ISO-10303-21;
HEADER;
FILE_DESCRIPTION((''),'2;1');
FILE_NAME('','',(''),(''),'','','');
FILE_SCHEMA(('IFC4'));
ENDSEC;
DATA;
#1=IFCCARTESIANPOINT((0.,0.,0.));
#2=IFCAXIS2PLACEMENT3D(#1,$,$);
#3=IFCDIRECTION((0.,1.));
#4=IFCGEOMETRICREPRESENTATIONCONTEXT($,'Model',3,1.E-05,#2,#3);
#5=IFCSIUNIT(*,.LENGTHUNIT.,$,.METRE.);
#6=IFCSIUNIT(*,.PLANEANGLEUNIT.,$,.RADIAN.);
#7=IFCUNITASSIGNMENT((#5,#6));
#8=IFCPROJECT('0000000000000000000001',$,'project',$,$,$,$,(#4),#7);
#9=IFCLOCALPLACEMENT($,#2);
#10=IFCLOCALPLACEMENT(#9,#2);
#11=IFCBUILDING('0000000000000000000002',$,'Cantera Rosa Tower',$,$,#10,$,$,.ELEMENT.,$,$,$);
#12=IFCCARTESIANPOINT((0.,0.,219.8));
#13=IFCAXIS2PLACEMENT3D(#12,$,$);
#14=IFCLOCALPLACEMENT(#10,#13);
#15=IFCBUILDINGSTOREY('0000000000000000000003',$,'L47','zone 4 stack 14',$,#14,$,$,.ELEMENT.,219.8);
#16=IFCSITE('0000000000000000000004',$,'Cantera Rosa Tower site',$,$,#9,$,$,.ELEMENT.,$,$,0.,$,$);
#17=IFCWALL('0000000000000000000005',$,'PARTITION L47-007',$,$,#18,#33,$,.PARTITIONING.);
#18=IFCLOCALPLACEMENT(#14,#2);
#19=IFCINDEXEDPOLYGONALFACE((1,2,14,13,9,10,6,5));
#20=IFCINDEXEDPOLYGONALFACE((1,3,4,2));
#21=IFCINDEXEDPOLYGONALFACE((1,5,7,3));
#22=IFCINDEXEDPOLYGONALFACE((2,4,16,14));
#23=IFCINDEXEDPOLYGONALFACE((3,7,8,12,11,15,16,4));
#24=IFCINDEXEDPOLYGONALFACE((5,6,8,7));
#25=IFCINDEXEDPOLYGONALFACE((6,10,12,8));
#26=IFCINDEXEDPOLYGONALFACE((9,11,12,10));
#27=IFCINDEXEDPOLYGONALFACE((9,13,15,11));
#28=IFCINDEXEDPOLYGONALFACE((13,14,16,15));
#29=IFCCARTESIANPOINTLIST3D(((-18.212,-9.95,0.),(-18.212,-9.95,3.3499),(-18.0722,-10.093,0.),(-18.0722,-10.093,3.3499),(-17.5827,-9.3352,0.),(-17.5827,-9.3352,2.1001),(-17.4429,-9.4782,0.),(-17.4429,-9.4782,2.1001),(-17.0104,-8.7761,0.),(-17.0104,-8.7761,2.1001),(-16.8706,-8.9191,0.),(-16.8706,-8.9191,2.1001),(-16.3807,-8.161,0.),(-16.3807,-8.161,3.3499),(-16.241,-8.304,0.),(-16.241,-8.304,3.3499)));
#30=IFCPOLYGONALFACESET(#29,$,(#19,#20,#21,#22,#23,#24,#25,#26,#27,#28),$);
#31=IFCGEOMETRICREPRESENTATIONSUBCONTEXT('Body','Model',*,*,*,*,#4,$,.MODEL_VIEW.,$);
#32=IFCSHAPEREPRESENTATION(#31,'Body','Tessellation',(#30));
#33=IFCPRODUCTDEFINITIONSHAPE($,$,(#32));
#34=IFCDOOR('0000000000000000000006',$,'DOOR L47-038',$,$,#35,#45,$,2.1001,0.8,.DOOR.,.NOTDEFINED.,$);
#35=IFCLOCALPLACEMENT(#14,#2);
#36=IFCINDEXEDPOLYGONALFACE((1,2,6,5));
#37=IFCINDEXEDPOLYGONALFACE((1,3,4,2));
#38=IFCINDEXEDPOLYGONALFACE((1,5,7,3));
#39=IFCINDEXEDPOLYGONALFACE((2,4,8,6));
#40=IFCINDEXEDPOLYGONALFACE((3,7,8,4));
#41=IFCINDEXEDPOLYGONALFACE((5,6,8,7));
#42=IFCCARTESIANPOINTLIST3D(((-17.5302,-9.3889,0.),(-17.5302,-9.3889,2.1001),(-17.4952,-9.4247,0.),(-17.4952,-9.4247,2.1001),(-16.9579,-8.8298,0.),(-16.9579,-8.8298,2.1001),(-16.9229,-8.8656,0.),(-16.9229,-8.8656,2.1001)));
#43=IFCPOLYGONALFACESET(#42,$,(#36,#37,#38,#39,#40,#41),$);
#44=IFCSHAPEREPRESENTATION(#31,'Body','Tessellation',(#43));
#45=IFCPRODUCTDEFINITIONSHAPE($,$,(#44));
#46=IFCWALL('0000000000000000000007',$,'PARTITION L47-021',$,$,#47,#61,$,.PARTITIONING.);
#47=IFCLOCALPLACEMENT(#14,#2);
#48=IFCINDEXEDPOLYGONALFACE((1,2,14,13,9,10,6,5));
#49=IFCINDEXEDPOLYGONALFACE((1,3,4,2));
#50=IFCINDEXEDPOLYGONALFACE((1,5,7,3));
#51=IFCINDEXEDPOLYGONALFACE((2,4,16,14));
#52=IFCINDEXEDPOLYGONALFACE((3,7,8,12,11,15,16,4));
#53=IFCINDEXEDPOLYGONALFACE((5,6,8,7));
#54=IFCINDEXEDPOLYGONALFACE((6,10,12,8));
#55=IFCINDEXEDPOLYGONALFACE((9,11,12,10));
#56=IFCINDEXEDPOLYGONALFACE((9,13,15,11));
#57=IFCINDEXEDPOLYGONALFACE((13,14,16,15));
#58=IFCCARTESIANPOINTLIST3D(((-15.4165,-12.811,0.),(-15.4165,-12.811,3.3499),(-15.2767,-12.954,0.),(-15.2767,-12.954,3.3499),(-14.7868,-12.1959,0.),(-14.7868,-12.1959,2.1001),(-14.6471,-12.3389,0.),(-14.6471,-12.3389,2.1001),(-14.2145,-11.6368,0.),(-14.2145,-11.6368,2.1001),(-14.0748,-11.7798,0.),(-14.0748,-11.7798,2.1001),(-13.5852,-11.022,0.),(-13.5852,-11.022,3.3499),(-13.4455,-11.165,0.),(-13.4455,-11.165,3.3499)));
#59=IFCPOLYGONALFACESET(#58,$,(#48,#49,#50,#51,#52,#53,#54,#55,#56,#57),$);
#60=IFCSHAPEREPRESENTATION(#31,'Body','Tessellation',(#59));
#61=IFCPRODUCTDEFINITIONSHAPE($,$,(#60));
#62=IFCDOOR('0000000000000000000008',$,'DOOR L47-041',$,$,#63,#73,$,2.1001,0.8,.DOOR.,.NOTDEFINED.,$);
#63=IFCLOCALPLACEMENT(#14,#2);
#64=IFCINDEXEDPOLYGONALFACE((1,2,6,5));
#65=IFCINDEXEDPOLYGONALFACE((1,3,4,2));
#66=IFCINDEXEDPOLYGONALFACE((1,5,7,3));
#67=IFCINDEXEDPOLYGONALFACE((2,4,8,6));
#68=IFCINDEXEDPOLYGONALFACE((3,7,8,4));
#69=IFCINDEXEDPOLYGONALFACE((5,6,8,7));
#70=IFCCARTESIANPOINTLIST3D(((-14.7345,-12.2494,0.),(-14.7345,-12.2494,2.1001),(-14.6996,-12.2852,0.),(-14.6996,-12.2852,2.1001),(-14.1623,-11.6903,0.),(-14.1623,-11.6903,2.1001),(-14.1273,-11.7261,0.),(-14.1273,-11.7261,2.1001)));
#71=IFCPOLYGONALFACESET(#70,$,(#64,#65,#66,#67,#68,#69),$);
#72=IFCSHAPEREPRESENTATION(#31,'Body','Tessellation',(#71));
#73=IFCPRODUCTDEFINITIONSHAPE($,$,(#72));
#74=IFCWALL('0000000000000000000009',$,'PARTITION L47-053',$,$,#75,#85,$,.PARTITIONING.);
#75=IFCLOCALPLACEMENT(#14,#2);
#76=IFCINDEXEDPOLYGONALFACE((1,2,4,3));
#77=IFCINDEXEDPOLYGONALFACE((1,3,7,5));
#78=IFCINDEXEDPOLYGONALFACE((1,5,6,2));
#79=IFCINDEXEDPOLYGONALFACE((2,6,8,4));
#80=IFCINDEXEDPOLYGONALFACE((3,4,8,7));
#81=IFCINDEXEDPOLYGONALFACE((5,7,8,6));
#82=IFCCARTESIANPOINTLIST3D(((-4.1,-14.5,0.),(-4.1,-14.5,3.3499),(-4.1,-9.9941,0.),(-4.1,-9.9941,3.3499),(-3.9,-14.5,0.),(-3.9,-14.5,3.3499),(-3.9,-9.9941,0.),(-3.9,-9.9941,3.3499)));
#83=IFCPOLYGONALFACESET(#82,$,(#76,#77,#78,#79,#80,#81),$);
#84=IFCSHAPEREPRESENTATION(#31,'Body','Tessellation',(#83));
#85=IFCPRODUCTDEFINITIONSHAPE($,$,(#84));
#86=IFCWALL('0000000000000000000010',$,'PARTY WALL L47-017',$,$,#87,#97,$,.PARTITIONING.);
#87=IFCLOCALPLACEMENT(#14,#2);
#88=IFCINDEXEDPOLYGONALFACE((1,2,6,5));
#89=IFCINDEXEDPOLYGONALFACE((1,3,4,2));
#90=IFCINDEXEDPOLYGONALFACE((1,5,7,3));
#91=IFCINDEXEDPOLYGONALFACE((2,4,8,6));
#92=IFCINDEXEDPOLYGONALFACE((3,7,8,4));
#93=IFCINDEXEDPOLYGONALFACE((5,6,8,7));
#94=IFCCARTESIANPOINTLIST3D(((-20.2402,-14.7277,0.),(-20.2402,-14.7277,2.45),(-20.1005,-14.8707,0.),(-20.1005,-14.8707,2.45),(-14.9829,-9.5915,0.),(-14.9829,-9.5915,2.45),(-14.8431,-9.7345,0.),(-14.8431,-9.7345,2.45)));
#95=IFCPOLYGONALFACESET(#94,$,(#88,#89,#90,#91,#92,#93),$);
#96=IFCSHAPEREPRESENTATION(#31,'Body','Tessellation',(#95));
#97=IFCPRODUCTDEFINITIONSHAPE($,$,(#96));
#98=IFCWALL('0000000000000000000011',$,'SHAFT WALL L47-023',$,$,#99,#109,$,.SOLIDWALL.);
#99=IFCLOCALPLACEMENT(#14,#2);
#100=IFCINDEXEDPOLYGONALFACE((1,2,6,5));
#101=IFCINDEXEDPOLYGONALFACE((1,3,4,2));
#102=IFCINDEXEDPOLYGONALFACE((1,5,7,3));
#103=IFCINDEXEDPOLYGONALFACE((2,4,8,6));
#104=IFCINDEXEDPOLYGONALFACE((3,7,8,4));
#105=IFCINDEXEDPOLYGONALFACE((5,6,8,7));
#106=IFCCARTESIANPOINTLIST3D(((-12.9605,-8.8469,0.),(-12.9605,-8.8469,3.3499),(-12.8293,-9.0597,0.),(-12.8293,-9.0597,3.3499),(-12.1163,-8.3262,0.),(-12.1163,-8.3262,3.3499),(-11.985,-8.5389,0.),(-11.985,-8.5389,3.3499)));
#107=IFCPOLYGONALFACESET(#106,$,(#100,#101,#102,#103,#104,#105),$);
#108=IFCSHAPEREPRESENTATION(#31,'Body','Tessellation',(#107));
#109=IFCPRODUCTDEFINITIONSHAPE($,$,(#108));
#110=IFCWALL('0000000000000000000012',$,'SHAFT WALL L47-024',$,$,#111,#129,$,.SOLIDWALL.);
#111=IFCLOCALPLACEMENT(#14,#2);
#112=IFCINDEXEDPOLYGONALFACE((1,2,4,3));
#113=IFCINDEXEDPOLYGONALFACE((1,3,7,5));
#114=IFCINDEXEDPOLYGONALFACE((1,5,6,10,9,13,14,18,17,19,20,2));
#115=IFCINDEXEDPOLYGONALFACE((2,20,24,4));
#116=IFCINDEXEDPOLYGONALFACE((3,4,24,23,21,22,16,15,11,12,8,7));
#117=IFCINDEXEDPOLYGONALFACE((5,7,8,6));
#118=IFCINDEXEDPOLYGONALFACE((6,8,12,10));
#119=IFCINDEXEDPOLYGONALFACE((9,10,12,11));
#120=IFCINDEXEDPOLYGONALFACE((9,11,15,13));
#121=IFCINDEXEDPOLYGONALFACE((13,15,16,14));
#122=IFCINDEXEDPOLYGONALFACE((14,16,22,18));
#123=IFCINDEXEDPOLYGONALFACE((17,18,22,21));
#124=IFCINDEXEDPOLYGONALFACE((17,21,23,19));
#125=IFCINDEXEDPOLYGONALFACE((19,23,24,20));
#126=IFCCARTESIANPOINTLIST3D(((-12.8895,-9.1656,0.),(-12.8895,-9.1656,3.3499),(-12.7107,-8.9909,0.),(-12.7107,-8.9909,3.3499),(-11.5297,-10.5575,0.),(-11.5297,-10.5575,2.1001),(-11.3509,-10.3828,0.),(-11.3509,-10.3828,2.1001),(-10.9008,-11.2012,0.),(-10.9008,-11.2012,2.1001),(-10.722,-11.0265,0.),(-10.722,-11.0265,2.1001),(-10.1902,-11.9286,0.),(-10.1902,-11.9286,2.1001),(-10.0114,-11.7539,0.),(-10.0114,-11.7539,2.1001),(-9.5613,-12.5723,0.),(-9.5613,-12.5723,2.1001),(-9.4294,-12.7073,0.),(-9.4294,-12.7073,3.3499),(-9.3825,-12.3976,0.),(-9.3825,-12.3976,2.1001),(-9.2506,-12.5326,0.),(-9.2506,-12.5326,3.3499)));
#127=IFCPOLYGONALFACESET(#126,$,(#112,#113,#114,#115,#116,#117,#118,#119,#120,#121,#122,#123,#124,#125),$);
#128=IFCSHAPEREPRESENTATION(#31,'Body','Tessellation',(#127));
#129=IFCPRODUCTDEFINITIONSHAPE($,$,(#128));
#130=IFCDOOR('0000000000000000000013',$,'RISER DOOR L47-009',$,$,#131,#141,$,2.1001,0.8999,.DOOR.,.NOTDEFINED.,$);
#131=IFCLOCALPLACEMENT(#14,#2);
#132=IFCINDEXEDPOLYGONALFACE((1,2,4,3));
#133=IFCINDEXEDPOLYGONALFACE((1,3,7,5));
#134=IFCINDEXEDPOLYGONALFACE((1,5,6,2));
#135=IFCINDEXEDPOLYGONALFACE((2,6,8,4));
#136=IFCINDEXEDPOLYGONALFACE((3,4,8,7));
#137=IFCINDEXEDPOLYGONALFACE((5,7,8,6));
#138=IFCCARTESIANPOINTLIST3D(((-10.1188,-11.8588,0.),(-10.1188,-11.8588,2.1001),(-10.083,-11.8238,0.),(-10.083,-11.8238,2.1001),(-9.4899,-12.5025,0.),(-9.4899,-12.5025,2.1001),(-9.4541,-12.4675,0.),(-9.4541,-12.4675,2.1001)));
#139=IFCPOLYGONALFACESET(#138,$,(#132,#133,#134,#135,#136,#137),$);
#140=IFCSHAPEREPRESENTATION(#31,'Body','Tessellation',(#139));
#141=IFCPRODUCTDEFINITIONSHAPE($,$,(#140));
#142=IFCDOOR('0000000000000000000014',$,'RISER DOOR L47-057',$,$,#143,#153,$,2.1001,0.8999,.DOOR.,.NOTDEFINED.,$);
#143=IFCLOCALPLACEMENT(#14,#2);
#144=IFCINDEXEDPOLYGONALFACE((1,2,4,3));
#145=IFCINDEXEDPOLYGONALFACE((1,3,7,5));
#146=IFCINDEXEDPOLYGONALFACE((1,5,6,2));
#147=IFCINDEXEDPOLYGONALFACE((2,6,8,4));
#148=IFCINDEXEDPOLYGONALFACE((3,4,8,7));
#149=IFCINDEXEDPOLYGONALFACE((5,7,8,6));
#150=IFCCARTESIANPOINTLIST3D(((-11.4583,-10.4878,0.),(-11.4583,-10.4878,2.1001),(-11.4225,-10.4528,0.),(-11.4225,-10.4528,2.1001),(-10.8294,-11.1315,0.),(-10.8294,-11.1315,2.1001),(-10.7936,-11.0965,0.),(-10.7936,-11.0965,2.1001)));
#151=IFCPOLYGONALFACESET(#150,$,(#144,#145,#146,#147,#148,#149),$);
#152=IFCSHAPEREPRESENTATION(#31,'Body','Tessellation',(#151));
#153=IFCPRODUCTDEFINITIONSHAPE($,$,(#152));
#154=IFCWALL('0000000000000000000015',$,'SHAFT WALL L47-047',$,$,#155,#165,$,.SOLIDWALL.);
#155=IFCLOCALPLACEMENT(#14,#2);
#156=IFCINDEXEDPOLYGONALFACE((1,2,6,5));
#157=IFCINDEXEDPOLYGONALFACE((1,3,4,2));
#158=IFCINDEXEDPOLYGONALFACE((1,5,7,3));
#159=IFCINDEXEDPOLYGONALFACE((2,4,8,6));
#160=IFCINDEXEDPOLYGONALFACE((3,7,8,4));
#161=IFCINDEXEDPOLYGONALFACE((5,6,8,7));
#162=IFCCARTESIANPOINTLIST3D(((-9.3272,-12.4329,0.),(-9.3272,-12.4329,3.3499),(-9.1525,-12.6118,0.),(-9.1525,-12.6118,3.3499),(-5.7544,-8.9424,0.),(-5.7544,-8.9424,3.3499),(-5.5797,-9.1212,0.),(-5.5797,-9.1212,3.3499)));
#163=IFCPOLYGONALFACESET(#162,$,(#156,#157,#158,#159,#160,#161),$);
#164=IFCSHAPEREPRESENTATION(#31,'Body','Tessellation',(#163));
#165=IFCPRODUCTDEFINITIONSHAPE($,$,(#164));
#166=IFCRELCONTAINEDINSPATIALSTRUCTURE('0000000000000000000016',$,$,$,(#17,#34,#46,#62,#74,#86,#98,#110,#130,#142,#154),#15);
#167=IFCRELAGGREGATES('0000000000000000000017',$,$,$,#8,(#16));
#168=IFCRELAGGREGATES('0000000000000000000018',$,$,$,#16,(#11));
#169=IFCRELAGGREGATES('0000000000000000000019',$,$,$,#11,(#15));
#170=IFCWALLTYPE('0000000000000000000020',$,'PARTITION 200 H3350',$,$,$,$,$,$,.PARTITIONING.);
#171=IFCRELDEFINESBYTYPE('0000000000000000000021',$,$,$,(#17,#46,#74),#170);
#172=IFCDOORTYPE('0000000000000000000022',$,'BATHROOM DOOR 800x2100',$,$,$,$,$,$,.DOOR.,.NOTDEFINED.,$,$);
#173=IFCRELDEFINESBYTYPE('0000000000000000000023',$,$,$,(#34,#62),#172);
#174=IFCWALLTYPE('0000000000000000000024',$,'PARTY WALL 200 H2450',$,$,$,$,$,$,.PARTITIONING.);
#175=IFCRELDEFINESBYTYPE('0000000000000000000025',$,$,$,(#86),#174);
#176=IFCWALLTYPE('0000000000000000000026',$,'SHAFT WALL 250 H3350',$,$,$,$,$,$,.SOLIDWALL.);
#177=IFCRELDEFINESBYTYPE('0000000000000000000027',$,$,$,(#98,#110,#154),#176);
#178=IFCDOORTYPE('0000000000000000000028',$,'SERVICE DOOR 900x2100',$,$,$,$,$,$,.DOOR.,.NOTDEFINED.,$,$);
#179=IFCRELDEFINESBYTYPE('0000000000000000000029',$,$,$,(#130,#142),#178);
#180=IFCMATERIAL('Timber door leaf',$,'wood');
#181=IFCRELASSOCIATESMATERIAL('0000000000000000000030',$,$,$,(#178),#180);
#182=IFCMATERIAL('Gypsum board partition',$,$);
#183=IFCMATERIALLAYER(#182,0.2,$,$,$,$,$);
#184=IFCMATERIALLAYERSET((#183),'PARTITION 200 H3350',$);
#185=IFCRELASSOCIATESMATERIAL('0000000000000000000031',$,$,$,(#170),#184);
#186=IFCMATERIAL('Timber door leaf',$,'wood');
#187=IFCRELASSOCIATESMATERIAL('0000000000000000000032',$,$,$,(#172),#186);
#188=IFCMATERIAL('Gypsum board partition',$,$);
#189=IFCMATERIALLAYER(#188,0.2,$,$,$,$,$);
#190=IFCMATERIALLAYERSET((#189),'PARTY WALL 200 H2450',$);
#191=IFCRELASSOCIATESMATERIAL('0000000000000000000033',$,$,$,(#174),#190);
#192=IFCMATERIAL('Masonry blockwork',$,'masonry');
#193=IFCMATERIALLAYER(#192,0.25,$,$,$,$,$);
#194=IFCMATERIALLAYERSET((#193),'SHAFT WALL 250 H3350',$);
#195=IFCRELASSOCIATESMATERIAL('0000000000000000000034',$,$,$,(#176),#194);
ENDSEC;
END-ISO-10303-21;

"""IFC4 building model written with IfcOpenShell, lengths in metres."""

from ifc_helpers import new_model, si_unit, direction, frame, frame_2d, origin, place, context, subcontext, project, spatial, rectangle, extrude, material, layer, layer_set, type_object, element, fill, save


model = new_model("IFC4")

# Units and contexts
model_context = context("Model", 3, precision=1e-05, world=origin(), true_north=direction((0.0, 1.0)))
body_context = subcontext(model_context, "Body", "Model", "MODEL_VIEW")
ifc_project = project(units=[si_unit("LENGTHUNIT", "METRE"), si_unit("PLANEANGLEUNIT", "RADIAN")], contexts=[model_context])

# Site, building, storey
site_placement = place(None, origin())
site = spatial("IfcSite", under=ifc_project, at=site_placement, Name="Cantera Rosa Tower site", CompositionType="ELEMENT", RefElevation=0.0)
building_placement = place(site_placement, origin())
building = spatial("IfcBuilding", under=site, at=building_placement, Name="Cantera Rosa Tower", CompositionType="ELEMENT")
storey_placement = place(building_placement, frame((0.0, 0.0, 219.8)))
storey = spatial("IfcBuildingStorey", under=building, at=storey_placement, Name="L47", Description="zone 4 stack 14", CompositionType="ELEMENT", Elevation=219.8)

# Shared definitions
ifc_material_1 = material(Name="Timber door leaf", Category="wood")
door_type_1 = type_object("IfcDoorType", Name="SERVICE DOOR 900x2100", OperationType="NOTDEFINED", PredefinedType="DOOR", material=ifc_material_1)

# Walls, openings, doors
ifc_material_2 = material(Name="Gypsum board partition")
ifc_layer_1 = layer(ifc_material_2, 0.2)
ifc_layer_set_1 = layer_set([ifc_layer_1], Name="PARTITION 200 H3350")
wall_type_1 = type_object("IfcWallType", Name="PARTITION 200 H3350", PredefinedType="PARTITIONING", material=ifc_layer_set_1)
wall_1_placement = place(storey_placement, frame((-18.1421, -10.0215, 0.0), z_axis=(0.0, 0.0, 1.0), x_axis=(0.715307, 0.69881, 0.0)))
wall_1 = element("IfcWall", 1, at=wall_1_placement, inside=storey, type_object=wall_type_1, Name="PARTITION L47-007", PredefinedType="PARTITIONING", context=body_context, shape_type="SweptSolid", body=[
    extrude(rectangle(XDim=2.5601, YDim=0.2, at=frame_2d((1.28, 0.0))), origin(), (0.0, 0.0, 1.0), 3.3499),
])
opening_1_placement = place(wall_1_placement, frame((0.8799, 0.0, 0.0)))
opening_1 = element("IfcOpeningElement", 2, at=opening_1_placement, cuts=wall_1, PredefinedType="OPENING", context=body_context, shape_type="SweptSolid", body=[
    extrude(rectangle(XDim=0.8, YDim=2.1001, at=frame_2d((0.3999, 1.05))), frame((0.0, 0.1099, 0.0), z_axis=(0.0, -1.0, 0.0), x_axis=(1.0, 0.0, 0.0)), (0.0, 0.0, 1.0), 0.22),
])
ifc_material_3 = material(Name="Timber door leaf", Category="wood")
door_type_2 = type_object("IfcDoorType", Name="BATHROOM DOOR 800x2100", OperationType="NOTDEFINED", PredefinedType="DOOR", material=ifc_material_3)
door_1_placement = place(opening_1_placement, origin())
door_1 = element("IfcDoor", 3, at=door_1_placement, inside=storey, type_object=door_type_2, Name="DOOR L47-038", OperationType="NOTDEFINED", OverallHeight=2.1001, OverallWidth=0.8, PredefinedType="DOOR", context=body_context, shape_type="SweptSolid", body=[
    extrude(rectangle(XDim=0.8, YDim=2.1001, at=frame_2d((0.3999, 1.05))), frame((0.0, 0.0249, 0.0), z_axis=(0.0, -1.0, 0.0), x_axis=(1.0, 0.0, 0.0)), (0.0, 0.0, 1.0), 0.05),
])
fill(opening_1, door_1)
wall_2_placement = place(storey_placement, frame((-13.5154, -11.0935, 0.0), z_axis=(0.0, 0.0, 1.0), x_axis=(-0.715307, -0.69881, 0.0)))
wall_2 = element("IfcWall", 4, at=wall_2_placement, inside=storey, type_object=wall_type_1, Name="PARTITION L47-021", PredefinedType="PARTITIONING", context=body_context, shape_type="SweptSolid", body=[
    extrude(rectangle(XDim=2.5601, YDim=0.2, at=frame_2d((1.28, 0.0))), origin(), (0.0, 0.0, 1.0), 3.3499),
])
opening_2_placement = place(wall_2_placement, frame((0.8799, 0.0, 0.0)))
opening_2 = element("IfcOpeningElement", 5, at=opening_2_placement, cuts=wall_2, PredefinedType="OPENING", context=body_context, shape_type="SweptSolid", body=[
    extrude(rectangle(XDim=0.8, YDim=2.1001, at=frame_2d((0.3999, 1.05))), frame((0.0, 0.1099, 0.0), z_axis=(0.0, -1.0, 0.0), x_axis=(1.0, 0.0, 0.0)), (0.0, 0.0, 1.0), 0.22),
])
door_2_placement = place(opening_2_placement, origin())
door_2 = element("IfcDoor", 6, at=door_2_placement, inside=storey, type_object=door_type_2, Name="DOOR L47-041", OperationType="NOTDEFINED", OverallHeight=2.1001, OverallWidth=0.8, PredefinedType="DOOR", context=body_context, shape_type="SweptSolid", body=[
    extrude(rectangle(XDim=0.8, YDim=2.1001, at=frame_2d((0.3999, 1.05))), frame((0.0, 0.0249, 0.0), z_axis=(0.0, -1.0, 0.0), x_axis=(1.0, 0.0, 0.0)), (0.0, 0.0, 1.0), 0.05),
])
fill(opening_2, door_2)

# Walls
wall_3_placement = place(storey_placement, frame((-4.0, -9.9941, 0.0), z_axis=(0.0, 0.0, 1.0), x_axis=(0.0, -1.0, 0.0)))
element("IfcWall", 7, at=wall_3_placement, inside=storey, type_object=wall_type_1, Name="PARTITION L47-053", PredefinedType="PARTITIONING", context=body_context, shape_type="SweptSolid", body=[
    extrude(rectangle(XDim=4.5059, YDim=0.2, at=frame_2d((2.2529, 0.0))), origin(), (0.0, 0.0, 1.0), 3.3499),
])
ifc_material_4 = material(Name="Gypsum board partition")
ifc_layer_2 = layer(ifc_material_4, 0.2)
ifc_layer_set_2 = layer_set([ifc_layer_2], Name="PARTY WALL 200 H2450")
wall_type_2 = type_object("IfcWallType", Name="PARTY WALL 200 H2450", PredefinedType="PARTITIONING", material=ifc_layer_set_2)
wall_4_placement = place(storey_placement, frame((-14.9131, -9.6631, 0.0), z_axis=(0.0, 0.0, 1.0), x_axis=(-0.715297, -0.698821, 0.0)))
element("IfcWall", 8, at=wall_4_placement, inside=storey, type_object=wall_type_2, Name="PARTY WALL L47-017", PredefinedType="PARTITIONING", context=body_context, shape_type="SweptSolid", body=[
    extrude(rectangle(XDim=7.3499, YDim=0.2, at=frame_2d((3.6748, 0.0))), origin(), (0.0, 0.0, 1.0), 2.45),
])
ifc_material_5 = material(Name="Masonry blockwork", Category="masonry")
ifc_layer_3 = layer(ifc_material_5, 0.25)
ifc_layer_set_3 = layer_set([ifc_layer_3], Name="SHAFT WALL 250 H3350")
wall_type_3 = type_object("IfcWallType", Name="SHAFT WALL 250 H3350", PredefinedType="SOLIDWALL", material=ifc_layer_set_3)
wall_5_placement = place(storey_placement, frame((-12.895, -8.9534, 0.0), z_axis=(0.0, 0.0, 1.0), x_axis=(0.851109, 0.52499, 0.0)))
element("IfcWall", 9, at=wall_5_placement, inside=storey, type_object=wall_type_3, Name="SHAFT WALL L47-023", PredefinedType="SOLIDWALL", context=body_context, shape_type="SweptSolid", body=[
    extrude(rectangle(XDim=0.9919, YDim=0.25, at=frame_2d((0.4961, 0.0))), origin(), (0.0, 0.0, 1.0), 3.3499),
])

# Wall, openings, doors
wall_6_placement = place(storey_placement, frame((-12.8, -9.0784, 0.0), z_axis=(0.0, 0.0, 1.0), x_axis=(0.698825, -0.715293, 0.0)))
wall_6 = element("IfcWall", 10, at=wall_6_placement, inside=storey, type_object=wall_type_3, Name="SHAFT WALL L47-024", PredefinedType="SOLIDWALL", context=body_context, shape_type="SweptSolid", body=[
    extrude(rectangle(XDim=4.9514, YDim=0.25, at=frame_2d((2.4756, 0.0))), origin(), (0.0, 0.0, 1.0), 3.3499),
])
opening_3_placement = place(wall_6_placement, frame((3.8625, 0.0, 0.0)))
opening_3 = element("IfcOpeningElement", 11, at=opening_3_placement, cuts=wall_6, PredefinedType="OPENING", context=body_context, shape_type="SweptSolid", body=[
    extrude(rectangle(XDim=0.8999, YDim=2.1001, at=frame_2d((0.45, 1.05))), frame((0.0, 0.135, 0.0), z_axis=(0.0, -1.0, 0.0), x_axis=(1.0, 0.0, 0.0)), (0.0, 0.0, 1.0), 0.27),
])
opening_4_placement = place(wall_6_placement, frame((1.9458, 0.0, 0.0)))
opening_4 = element("IfcOpeningElement", 12, at=opening_4_placement, cuts=wall_6, PredefinedType="OPENING", context=body_context, shape_type="SweptSolid", body=[
    extrude(rectangle(XDim=0.8999, YDim=2.1001, at=frame_2d((0.45, 1.05))), frame((0.0, 0.135, 0.0), z_axis=(0.0, -1.0, 0.0), x_axis=(1.0, 0.0, 0.0)), (0.0, 0.0, 1.0), 0.27),
])
door_3_placement = place(opening_3_placement, origin())
door_3 = element("IfcDoor", 13, at=door_3_placement, inside=storey, type_object=door_type_1, Name="RISER DOOR L47-009", OperationType="NOTDEFINED", OverallHeight=2.1001, OverallWidth=0.8999, PredefinedType="DOOR", context=body_context, shape_type="SweptSolid", body=[
    extrude(rectangle(XDim=0.8999, YDim=2.1001, at=frame_2d((0.45, 1.05))), frame((0.0, 0.0249, 0.0), z_axis=(0.0, -1.0, 0.0), x_axis=(1.0, 0.0, 0.0)), (0.0, 0.0, 1.0), 0.05),
])
fill(opening_3, door_3)
door_4_placement = place(opening_4_placement, origin())
door_4 = element("IfcDoor", 14, at=door_4_placement, inside=storey, type_object=door_type_1, Name="RISER DOOR L47-057", OperationType="NOTDEFINED", OverallHeight=2.1001, OverallWidth=0.8999, PredefinedType="DOOR", context=body_context, shape_type="SweptSolid", body=[
    extrude(rectangle(XDim=0.8999, YDim=2.1001, at=frame_2d((0.45, 1.05))), frame((0.0, 0.0249, 0.0), z_axis=(0.0, -1.0, 0.0), x_axis=(1.0, 0.0, 0.0)), (0.0, 0.0, 1.0), 0.05),
])
fill(opening_4, door_4)

# Wall
wall_7_placement = place(storey_placement, frame((-5.667, -9.0317, 0.0), z_axis=(0.0, 0.0, 1.0), x_axis=(-0.715295, -0.698823, 0.0)))
element("IfcWall", 15, at=wall_7_placement, inside=storey, type_object=wall_type_3, Name="SHAFT WALL L47-047", PredefinedType="SOLIDWALL", context=body_context, shape_type="SweptSolid", body=[
    extrude(rectangle(XDim=4.9949, YDim=0.25, at=frame_2d((2.4976, 0.0))), origin(), (0.0, 0.0, 1.0), 3.3499),
])

save(model, "model.ifc")
